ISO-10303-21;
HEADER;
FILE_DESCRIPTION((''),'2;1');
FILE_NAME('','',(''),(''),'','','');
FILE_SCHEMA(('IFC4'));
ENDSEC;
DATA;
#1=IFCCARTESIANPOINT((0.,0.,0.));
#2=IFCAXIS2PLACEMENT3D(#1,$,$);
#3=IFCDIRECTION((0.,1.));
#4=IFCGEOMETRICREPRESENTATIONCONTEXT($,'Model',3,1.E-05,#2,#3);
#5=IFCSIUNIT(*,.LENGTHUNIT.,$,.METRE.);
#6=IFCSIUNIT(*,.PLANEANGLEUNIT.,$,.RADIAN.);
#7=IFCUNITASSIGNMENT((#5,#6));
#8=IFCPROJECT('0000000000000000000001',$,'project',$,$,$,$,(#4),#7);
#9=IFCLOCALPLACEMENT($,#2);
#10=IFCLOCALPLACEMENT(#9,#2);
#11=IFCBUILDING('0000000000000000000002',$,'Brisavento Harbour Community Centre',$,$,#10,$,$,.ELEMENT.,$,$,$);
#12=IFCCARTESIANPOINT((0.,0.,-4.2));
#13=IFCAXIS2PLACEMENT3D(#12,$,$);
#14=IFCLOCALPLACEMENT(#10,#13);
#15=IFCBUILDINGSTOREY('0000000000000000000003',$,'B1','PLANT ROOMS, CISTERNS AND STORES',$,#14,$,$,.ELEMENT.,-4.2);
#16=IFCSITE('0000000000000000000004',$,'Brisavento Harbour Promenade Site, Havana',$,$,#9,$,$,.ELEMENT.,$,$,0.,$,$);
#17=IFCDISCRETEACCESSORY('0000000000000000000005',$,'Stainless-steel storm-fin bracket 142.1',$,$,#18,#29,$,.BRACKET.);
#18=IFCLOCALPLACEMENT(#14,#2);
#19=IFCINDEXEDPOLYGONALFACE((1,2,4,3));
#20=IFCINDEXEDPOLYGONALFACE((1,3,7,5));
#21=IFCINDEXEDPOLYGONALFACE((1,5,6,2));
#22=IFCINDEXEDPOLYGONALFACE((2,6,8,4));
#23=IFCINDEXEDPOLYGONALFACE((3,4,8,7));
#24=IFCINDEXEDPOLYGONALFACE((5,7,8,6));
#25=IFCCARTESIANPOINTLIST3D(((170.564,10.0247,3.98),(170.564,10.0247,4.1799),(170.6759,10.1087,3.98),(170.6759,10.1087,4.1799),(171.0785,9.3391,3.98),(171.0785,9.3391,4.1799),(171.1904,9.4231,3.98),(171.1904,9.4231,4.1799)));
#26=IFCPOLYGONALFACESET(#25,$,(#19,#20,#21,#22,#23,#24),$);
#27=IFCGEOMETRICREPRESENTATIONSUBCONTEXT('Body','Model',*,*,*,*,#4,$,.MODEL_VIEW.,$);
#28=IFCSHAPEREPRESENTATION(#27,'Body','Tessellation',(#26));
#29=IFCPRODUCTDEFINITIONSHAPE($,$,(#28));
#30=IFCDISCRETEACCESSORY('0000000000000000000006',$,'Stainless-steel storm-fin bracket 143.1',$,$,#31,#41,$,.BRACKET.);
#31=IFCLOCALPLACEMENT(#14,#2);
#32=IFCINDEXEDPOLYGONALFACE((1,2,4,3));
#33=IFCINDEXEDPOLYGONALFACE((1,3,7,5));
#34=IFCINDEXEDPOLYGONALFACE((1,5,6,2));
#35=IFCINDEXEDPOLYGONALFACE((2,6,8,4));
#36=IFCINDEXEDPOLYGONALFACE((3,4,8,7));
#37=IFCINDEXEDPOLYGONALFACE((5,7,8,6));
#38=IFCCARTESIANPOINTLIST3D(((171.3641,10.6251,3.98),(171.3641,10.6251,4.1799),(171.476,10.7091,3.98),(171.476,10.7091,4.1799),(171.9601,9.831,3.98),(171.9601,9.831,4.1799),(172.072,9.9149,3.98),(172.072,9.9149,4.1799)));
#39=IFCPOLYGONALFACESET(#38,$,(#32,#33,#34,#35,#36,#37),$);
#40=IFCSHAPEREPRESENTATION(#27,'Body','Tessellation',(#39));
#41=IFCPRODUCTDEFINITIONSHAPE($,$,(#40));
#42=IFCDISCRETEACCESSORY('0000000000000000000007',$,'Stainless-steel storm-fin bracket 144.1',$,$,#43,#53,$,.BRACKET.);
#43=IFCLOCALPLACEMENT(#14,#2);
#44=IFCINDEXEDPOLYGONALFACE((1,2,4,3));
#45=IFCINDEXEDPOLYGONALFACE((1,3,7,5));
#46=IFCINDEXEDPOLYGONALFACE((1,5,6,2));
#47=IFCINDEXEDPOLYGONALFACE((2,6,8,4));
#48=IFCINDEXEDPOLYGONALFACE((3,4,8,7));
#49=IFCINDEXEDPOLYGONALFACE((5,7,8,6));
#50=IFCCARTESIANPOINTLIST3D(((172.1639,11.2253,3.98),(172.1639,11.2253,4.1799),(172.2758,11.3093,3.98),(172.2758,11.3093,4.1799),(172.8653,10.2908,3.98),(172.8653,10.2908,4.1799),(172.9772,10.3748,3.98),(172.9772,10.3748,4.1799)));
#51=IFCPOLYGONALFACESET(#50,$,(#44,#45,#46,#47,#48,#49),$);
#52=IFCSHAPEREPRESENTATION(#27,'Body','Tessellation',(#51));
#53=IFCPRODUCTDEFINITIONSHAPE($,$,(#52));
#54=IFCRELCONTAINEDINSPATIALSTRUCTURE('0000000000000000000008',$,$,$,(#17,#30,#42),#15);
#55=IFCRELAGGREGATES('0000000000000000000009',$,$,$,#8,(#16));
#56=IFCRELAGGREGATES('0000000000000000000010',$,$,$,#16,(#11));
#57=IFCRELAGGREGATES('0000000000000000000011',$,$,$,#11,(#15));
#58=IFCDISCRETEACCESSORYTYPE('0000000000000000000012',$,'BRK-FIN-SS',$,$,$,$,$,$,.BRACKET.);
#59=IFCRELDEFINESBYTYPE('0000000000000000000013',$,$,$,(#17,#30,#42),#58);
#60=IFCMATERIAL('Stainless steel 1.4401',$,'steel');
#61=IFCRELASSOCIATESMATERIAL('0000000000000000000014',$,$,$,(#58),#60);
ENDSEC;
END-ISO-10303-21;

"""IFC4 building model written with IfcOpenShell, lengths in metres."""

from ifc_helpers import new_model, si_unit, direction, frame, origin, origin_2d, place, context, subcontext, project, spatial, rectangle, extrude, material, type_object, element, save


model = new_model("IFC4")

# Units and contexts
model_context = context("Model", 3, precision=1e-05, world=origin(), true_north=direction((0.0, 1.0)))
body_context = subcontext(model_context, "Body", "Model", "MODEL_VIEW")
ifc_project = project(units=[si_unit("LENGTHUNIT", "METRE"), si_unit("PLANEANGLEUNIT", "RADIAN")], contexts=[model_context])

# Site, building, storey
site_placement = place(None, origin())
site = spatial("IfcSite", under=ifc_project, at=site_placement, Name="Brisavento Harbour Promenade Site, Havana", CompositionType="ELEMENT", RefElevation=0.0)
building_placement = place(site_placement, origin())
building = spatial("IfcBuilding", under=site, at=building_placement, Name="Brisavento Harbour Community Centre", CompositionType="ELEMENT")
storey_placement = place(building_placement, frame((0.0, 0.0, -4.2)))
storey = spatial("IfcBuildingStorey", under=building, at=storey_placement, Name="B1", Description="PLANT ROOMS, CISTERNS AND STORES", CompositionType="ELEMENT", Elevation=-4.2)

# Discrete accessories
ifc_material_1 = material(Name="Stainless steel 1.4401", Category="steel")
discrete_accessory_type = type_object("IfcDiscreteAccessoryType", Name="BRK-FIN-SS", PredefinedType="BRACKET", material=ifc_material_1)
discrete_accessory_1_placement = place(storey_placement, frame((170.8772, 9.7239, 3.98), z_axis=(0.0, 0.0, 1.0), x_axis=(0.600253, -0.79981, 0.0)))
element("IfcDiscreteAccessory", 1, at=discrete_accessory_1_placement, inside=storey, type_object=discrete_accessory_type, Name="Stainless-steel storm-fin bracket 142.1", PredefinedType="BRACKET", context=body_context, shape_type="SweptSolid", body=[
    extrude(rectangle(XDim=0.8572, YDim=0.1399, at=origin_2d()), origin(), (0.0, 0.0, 1.0), 0.2),
])
discrete_accessory_2_placement = place(storey_placement, frame((171.718, 10.27, 3.98), z_axis=(0.0, 0.0, 1.0), x_axis=(0.600253, -0.79981, 0.0)))
element("IfcDiscreteAccessory", 2, at=discrete_accessory_2_placement, inside=storey, type_object=discrete_accessory_type, Name="Stainless-steel storm-fin bracket 143.1", PredefinedType="BRACKET", context=body_context, shape_type="SweptSolid", body=[
    extrude(rectangle(XDim=0.9929, YDim=0.1399, at=origin_2d()), origin(), (0.0, 0.0, 1.0), 0.2),
])
discrete_accessory_3_placement = place(storey_placement, frame((172.5706, 10.8, 3.98), z_axis=(0.0, 0.0, 1.0), x_axis=(0.600253, -0.79981, 0.0)))
element("IfcDiscreteAccessory", 3, at=discrete_accessory_3_placement, inside=storey, type_object=discrete_accessory_type, Name="Stainless-steel storm-fin bracket 144.1", PredefinedType="BRACKET", context=body_context, shape_type="SweptSolid", body=[
    extrude(rectangle(XDim=1.1685, YDim=0.1399, at=origin_2d()), origin(), (0.0, 0.0, 1.0), 0.2),
])

save(model, "model.ifc")
